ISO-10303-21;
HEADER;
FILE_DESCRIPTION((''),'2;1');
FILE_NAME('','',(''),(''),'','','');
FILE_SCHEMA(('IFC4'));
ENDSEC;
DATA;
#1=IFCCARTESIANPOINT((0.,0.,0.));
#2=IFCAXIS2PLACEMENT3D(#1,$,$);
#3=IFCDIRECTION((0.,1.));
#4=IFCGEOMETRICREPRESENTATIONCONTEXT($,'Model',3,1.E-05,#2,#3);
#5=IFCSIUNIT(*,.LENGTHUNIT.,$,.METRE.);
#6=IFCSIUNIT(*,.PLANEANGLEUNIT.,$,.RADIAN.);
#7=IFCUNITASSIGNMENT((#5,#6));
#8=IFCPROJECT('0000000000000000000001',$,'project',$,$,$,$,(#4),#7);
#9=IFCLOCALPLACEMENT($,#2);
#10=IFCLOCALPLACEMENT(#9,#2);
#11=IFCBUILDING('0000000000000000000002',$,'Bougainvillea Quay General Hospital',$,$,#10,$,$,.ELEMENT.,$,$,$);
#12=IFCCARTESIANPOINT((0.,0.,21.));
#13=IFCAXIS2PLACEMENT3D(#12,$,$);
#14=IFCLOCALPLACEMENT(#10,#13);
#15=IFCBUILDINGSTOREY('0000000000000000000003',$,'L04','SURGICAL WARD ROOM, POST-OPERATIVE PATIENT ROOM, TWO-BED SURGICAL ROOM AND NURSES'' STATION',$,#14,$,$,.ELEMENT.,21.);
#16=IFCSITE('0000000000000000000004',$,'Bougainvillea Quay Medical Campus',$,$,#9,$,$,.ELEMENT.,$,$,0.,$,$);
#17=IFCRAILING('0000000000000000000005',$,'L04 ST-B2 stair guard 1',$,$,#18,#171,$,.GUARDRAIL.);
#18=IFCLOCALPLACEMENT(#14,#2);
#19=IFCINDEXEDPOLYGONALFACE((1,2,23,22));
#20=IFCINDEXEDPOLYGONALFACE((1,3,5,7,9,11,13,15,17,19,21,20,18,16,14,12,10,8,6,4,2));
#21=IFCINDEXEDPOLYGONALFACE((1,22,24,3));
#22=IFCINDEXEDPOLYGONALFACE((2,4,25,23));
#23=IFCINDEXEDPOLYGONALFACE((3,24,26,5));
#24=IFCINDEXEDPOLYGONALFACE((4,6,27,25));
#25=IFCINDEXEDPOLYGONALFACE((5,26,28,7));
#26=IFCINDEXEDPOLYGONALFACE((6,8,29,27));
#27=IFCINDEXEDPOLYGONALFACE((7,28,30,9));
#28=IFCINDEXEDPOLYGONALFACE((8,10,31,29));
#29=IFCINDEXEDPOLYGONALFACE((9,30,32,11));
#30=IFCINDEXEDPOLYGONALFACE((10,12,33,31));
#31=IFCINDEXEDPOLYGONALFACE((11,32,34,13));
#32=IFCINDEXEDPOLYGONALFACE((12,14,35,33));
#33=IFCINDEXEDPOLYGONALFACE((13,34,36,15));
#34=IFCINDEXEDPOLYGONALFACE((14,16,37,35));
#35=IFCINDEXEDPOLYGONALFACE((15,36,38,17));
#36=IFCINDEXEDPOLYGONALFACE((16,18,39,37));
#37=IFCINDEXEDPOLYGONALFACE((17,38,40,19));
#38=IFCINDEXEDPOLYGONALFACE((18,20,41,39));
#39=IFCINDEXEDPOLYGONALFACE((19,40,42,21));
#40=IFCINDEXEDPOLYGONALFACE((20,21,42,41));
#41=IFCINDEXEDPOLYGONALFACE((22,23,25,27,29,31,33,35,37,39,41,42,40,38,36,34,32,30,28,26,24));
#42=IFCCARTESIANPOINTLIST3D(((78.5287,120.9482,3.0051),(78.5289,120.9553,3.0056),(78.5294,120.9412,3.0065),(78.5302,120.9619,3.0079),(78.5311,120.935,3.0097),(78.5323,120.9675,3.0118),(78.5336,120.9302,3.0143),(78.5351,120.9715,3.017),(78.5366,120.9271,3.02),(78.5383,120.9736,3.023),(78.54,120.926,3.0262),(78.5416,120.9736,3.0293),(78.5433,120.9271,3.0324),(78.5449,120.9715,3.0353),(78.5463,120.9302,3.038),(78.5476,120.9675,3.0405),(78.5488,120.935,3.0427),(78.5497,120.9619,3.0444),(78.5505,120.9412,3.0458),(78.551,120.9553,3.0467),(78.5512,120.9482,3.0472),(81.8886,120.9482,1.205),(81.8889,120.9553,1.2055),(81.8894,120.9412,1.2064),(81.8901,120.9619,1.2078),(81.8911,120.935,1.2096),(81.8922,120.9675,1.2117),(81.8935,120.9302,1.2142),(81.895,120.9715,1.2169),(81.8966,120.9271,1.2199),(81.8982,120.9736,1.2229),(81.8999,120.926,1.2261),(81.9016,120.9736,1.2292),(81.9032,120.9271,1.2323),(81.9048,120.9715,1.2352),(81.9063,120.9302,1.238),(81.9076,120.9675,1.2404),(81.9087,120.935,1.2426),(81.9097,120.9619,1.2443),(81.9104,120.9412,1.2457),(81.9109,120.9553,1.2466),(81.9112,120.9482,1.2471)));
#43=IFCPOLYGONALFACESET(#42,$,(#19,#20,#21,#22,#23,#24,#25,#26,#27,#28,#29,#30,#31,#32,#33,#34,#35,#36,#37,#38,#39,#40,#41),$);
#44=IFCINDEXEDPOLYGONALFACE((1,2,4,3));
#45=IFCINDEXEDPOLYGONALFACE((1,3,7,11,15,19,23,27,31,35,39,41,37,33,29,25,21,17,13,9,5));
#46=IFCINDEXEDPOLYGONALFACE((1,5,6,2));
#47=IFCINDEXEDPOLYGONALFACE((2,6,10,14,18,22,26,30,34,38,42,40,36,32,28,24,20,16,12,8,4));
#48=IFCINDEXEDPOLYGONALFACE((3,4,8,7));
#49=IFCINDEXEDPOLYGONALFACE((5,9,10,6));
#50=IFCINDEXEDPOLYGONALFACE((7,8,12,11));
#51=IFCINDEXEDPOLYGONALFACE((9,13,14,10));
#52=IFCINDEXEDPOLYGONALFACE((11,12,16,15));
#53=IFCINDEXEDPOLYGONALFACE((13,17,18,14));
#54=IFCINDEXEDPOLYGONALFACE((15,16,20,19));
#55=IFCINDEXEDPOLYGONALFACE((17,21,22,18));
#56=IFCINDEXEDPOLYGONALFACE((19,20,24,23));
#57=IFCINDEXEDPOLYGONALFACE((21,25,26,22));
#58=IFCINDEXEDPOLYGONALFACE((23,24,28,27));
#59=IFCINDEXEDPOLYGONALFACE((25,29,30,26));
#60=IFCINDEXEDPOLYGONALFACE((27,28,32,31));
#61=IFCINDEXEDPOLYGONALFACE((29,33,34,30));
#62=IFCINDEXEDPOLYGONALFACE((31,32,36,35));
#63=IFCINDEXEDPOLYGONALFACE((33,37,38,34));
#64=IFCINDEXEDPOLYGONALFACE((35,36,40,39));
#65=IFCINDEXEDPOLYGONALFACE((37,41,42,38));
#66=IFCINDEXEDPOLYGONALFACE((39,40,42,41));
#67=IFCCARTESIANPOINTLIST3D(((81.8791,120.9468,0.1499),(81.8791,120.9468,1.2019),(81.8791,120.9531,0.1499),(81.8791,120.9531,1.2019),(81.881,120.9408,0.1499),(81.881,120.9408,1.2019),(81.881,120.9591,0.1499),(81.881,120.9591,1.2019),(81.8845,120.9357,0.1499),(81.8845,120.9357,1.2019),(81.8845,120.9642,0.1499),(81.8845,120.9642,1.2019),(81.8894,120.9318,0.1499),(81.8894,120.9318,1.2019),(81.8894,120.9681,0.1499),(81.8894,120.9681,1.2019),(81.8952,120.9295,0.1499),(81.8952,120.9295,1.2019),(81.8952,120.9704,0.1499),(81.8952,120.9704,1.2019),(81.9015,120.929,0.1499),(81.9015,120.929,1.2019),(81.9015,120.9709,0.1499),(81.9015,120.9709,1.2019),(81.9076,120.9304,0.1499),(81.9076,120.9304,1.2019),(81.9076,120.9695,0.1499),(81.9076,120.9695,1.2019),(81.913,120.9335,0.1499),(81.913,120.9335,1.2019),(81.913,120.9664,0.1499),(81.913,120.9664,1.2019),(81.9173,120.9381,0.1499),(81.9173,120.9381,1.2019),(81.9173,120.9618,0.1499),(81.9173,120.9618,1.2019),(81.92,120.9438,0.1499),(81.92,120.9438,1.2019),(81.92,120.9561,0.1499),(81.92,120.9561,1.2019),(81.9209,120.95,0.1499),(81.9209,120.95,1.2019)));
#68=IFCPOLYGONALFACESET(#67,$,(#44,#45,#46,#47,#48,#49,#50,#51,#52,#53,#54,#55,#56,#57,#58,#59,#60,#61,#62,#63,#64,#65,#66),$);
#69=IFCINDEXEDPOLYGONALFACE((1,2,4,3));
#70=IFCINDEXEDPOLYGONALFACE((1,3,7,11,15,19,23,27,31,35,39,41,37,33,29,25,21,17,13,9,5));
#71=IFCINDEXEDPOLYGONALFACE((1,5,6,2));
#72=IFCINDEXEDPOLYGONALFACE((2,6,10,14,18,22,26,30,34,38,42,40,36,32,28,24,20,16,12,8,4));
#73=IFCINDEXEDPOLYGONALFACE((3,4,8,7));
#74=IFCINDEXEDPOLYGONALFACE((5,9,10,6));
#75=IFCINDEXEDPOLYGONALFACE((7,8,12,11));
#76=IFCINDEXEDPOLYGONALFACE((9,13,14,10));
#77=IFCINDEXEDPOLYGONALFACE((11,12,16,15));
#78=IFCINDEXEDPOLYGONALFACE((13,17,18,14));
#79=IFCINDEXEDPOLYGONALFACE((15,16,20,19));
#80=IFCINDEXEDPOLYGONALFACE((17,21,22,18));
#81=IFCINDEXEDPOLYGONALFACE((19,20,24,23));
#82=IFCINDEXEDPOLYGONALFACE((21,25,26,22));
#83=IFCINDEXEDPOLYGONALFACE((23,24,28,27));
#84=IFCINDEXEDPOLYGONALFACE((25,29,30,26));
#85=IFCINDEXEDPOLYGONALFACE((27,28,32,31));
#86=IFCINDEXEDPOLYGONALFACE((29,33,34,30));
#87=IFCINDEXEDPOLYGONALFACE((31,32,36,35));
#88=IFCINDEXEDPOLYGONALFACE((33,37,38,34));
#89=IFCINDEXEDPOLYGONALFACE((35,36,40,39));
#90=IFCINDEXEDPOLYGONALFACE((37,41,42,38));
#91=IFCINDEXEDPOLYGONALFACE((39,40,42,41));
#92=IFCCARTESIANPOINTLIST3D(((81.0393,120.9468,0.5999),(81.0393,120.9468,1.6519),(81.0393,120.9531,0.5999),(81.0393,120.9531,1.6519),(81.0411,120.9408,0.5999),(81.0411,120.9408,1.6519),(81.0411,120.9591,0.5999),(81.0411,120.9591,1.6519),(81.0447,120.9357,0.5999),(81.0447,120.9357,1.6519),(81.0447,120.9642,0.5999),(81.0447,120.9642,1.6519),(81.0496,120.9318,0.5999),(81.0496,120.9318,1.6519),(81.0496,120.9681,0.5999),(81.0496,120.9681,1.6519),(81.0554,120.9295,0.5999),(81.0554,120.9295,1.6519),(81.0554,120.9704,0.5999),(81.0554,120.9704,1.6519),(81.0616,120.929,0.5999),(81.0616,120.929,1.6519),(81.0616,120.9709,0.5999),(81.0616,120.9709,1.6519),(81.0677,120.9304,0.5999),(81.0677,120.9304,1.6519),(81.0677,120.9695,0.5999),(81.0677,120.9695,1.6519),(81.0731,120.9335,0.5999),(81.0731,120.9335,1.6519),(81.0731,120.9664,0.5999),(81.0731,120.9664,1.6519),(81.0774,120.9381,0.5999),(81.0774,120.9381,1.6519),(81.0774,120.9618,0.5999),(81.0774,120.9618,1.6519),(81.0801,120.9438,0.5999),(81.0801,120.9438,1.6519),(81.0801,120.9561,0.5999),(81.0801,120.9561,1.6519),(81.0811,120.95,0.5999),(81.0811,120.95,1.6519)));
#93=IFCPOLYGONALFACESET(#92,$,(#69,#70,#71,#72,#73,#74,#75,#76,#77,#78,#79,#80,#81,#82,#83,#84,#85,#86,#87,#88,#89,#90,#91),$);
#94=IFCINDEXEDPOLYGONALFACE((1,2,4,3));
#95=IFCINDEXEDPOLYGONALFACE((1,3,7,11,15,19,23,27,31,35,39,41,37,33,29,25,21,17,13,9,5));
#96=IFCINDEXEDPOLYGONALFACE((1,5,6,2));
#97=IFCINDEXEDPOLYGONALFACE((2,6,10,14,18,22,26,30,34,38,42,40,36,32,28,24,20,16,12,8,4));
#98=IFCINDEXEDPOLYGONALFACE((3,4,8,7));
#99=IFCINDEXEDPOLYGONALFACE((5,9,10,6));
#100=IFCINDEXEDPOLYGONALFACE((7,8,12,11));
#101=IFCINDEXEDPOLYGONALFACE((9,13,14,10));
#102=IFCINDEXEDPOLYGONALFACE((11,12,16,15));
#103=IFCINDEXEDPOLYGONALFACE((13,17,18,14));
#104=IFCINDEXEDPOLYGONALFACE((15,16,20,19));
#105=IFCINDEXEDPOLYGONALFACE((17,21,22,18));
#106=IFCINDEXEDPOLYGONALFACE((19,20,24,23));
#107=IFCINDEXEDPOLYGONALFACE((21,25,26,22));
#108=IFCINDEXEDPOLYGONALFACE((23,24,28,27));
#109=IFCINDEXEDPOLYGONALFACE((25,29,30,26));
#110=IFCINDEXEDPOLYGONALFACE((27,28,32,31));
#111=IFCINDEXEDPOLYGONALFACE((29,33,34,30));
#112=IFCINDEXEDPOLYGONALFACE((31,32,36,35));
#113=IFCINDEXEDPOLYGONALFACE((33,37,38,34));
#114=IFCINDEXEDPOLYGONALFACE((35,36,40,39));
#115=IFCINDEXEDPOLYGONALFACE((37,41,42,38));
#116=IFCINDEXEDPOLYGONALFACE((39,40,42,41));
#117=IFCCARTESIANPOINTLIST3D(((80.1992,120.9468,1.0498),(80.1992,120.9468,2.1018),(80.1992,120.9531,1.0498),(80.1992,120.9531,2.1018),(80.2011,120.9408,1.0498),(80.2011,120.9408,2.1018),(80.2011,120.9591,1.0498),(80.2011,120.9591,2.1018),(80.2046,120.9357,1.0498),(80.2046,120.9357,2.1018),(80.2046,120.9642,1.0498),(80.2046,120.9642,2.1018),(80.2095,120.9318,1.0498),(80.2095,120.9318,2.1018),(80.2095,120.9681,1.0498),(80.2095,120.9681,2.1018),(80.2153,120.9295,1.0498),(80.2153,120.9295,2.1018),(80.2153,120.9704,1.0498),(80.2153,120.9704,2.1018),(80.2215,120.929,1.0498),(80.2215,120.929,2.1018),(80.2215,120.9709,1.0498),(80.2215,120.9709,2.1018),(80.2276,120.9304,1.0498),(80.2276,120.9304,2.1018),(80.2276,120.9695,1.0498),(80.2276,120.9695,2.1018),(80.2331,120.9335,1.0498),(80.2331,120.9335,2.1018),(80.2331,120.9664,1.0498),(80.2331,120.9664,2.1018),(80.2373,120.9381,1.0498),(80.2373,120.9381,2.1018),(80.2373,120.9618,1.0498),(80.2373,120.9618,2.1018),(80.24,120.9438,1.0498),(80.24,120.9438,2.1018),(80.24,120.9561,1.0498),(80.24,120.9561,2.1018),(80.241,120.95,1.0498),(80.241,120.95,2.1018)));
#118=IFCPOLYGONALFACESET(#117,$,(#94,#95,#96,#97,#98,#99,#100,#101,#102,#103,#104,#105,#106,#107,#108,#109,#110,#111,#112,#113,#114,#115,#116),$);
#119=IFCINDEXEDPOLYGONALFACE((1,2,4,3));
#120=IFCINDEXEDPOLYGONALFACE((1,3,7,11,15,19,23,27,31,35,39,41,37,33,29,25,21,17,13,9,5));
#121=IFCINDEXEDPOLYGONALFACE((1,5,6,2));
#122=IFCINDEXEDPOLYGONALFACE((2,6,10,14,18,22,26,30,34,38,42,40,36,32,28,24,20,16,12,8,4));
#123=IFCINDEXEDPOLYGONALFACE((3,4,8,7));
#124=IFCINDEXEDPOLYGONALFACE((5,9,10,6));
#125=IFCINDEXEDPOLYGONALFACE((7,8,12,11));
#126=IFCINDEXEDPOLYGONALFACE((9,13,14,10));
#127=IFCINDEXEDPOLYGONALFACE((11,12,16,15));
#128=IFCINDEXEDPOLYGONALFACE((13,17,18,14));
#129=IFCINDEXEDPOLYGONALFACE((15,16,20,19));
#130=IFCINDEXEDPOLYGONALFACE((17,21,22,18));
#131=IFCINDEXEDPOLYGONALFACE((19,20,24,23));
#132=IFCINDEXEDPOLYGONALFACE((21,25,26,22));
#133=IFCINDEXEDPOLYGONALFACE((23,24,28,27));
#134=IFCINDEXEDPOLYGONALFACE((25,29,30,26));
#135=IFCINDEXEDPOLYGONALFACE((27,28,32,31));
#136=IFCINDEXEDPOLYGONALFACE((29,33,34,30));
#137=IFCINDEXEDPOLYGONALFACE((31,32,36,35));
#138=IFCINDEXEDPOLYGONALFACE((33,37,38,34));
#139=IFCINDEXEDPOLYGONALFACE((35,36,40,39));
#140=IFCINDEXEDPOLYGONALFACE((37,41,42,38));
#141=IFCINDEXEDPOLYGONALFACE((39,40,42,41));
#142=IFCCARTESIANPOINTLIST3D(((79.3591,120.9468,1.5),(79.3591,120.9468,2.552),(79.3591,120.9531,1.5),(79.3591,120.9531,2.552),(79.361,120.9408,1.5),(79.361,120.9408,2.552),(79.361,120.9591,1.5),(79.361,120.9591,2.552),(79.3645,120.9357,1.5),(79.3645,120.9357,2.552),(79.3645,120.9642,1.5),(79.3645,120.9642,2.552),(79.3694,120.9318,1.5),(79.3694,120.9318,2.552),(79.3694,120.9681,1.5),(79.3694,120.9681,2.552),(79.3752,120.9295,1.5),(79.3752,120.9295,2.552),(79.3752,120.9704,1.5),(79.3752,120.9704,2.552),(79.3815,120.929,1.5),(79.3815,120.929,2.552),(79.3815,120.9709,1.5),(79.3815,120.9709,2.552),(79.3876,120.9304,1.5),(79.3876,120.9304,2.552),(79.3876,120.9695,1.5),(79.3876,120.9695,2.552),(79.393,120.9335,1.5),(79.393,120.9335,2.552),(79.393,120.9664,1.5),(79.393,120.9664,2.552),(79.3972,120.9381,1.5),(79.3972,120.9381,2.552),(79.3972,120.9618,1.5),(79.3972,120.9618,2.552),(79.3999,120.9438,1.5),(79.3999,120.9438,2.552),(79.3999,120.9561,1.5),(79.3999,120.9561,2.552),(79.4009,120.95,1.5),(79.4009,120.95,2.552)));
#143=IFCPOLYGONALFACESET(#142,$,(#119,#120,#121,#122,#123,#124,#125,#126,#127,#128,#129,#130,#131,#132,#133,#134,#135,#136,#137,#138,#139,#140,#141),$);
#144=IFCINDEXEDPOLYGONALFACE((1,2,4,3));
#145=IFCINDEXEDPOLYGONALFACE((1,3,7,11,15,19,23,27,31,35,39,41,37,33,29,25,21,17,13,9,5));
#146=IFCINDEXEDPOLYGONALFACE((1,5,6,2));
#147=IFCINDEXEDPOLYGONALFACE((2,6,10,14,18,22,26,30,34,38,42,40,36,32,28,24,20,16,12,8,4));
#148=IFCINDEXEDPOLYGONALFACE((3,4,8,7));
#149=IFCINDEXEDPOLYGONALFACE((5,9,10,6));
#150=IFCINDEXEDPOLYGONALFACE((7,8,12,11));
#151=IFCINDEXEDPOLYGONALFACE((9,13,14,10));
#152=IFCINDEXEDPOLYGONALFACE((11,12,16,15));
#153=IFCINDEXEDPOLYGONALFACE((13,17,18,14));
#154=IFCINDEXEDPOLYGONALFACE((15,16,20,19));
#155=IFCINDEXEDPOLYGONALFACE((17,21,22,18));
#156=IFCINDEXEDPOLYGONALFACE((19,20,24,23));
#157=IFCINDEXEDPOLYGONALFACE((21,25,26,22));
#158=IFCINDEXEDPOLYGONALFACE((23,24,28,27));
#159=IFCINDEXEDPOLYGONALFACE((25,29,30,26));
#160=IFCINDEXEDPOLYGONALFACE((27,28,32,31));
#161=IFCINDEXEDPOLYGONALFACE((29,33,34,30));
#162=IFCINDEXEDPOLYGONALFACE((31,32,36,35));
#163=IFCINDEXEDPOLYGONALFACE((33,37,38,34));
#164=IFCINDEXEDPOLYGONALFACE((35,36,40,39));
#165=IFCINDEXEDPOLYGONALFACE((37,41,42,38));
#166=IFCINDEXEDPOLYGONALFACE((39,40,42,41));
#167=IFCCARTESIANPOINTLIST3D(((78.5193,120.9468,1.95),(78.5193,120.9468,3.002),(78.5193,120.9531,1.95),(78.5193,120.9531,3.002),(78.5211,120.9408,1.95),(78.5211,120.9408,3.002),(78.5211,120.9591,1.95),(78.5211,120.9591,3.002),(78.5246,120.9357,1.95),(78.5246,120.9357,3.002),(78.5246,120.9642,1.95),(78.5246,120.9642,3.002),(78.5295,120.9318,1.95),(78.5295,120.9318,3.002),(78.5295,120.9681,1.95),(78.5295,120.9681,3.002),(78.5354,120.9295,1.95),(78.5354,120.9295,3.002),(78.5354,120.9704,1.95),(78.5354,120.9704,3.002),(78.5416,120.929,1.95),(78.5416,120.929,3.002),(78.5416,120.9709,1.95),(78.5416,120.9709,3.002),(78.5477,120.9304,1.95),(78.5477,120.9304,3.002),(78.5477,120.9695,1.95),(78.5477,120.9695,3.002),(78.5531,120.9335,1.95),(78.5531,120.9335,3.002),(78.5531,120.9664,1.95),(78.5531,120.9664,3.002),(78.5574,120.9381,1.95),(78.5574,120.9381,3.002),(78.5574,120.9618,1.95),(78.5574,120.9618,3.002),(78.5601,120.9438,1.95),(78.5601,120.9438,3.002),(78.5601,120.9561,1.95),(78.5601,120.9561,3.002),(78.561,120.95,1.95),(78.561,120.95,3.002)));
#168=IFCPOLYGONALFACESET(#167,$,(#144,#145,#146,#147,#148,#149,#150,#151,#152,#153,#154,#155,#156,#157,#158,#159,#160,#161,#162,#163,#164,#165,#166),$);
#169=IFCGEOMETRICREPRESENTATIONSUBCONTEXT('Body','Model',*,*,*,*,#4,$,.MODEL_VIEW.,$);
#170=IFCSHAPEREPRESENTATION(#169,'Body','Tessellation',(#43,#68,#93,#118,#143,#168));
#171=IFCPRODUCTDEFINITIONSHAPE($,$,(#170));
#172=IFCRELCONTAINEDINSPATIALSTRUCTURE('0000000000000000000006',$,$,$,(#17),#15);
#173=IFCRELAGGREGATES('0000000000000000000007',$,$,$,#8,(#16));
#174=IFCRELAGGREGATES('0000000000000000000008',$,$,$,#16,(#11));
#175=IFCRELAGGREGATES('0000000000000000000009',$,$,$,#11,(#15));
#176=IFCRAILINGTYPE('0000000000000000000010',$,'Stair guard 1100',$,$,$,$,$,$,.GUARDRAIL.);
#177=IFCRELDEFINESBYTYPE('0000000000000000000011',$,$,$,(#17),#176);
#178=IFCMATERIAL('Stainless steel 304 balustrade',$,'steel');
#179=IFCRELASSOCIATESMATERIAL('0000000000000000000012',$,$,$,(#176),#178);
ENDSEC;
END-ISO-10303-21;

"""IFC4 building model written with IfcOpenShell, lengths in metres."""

from ifc_helpers import new_model, si_unit, direction, frame, origin, origin_2d, place, context, subcontext, project, spatial, circle, extrude, material, type_object, element, save


model = new_model("IFC4")

# Units and contexts
model_context = context("Model", 3, precision=1e-05, world=origin(), true_north=direction((0.0, 1.0)))
body_context = subcontext(model_context, "Body", "Model", "MODEL_VIEW")
ifc_project = project(units=[si_unit("LENGTHUNIT", "METRE"), si_unit("PLANEANGLEUNIT", "RADIAN")], contexts=[model_context])

# Site, building, storey
site_placement = place(None, origin())
site = spatial("IfcSite", under=ifc_project, at=site_placement, Name="Bougainvillea Quay Medical Campus", CompositionType="ELEMENT", RefElevation=0.0)
building_placement = place(site_placement, origin())
building = spatial("IfcBuilding", under=site, at=building_placement, Name="Bougainvillea Quay General Hospital", CompositionType="ELEMENT")
storey_placement = place(building_placement, frame((0.0, 0.0, 21.0)))
storey = spatial("IfcBuildingStorey", under=building, at=storey_placement, Name="L04", Description="SURGICAL WARD ROOM, POST-OPERATIVE PATIENT ROOM, TWO-BED SURGICAL ROOM AND NURSES' STATION", CompositionType="ELEMENT", Elevation=21.0)

# Railing
ifc_material_1 = material(Name="Stainless steel 304 balustrade", Category="steel")
railing_type_1 = type_object("IfcRailingType", Name="Stair guard 1100", PredefinedType="GUARDRAIL", material=ifc_material_1)
railing_1_placement = place(storey_placement, frame((81.8999, 120.95, 0.1499)))
element("IfcRailing", 1, at=railing_1_placement, inside=storey, type_object=railing_type_1, Name="L04 ST-B2 stair guard 1", PredefinedType="GUARDRAIL", context=body_context, shape_type="SweptSolid", body=[
    extrude(circle(Radius=0.0239, at=origin_2d()), frame((0.0, 0.0, 1.0762), z_axis=(-0.881467, 0.0, 0.472246), x_axis=(0.0, -1.0, 0.0)), (0.0, 0.0, 1.0), 3.8118),
    extrude(circle(Radius=0.021, at=origin_2d()), origin(), (0.0, 0.0, 1.0), 1.052),
    extrude(circle(Radius=0.021, at=origin_2d()), frame((-0.8398, 0.0, 0.45)), (0.0, 0.0, 1.0), 1.052),
    extrude(circle(Radius=0.021, at=origin_2d()), frame((-1.6799, 0.0, 0.8999)), (0.0, 0.0, 1.0), 1.052),
    extrude(circle(Radius=0.021, at=origin_2d()), frame((-2.52, 0.0, 1.3501)), (0.0, 0.0, 1.0), 1.052),
    extrude(circle(Radius=0.021, at=origin_2d()), frame((-3.3599, 0.0, 1.8)), (0.0, 0.0, 1.0), 1.052),
])

save(model, "model.ifc")
